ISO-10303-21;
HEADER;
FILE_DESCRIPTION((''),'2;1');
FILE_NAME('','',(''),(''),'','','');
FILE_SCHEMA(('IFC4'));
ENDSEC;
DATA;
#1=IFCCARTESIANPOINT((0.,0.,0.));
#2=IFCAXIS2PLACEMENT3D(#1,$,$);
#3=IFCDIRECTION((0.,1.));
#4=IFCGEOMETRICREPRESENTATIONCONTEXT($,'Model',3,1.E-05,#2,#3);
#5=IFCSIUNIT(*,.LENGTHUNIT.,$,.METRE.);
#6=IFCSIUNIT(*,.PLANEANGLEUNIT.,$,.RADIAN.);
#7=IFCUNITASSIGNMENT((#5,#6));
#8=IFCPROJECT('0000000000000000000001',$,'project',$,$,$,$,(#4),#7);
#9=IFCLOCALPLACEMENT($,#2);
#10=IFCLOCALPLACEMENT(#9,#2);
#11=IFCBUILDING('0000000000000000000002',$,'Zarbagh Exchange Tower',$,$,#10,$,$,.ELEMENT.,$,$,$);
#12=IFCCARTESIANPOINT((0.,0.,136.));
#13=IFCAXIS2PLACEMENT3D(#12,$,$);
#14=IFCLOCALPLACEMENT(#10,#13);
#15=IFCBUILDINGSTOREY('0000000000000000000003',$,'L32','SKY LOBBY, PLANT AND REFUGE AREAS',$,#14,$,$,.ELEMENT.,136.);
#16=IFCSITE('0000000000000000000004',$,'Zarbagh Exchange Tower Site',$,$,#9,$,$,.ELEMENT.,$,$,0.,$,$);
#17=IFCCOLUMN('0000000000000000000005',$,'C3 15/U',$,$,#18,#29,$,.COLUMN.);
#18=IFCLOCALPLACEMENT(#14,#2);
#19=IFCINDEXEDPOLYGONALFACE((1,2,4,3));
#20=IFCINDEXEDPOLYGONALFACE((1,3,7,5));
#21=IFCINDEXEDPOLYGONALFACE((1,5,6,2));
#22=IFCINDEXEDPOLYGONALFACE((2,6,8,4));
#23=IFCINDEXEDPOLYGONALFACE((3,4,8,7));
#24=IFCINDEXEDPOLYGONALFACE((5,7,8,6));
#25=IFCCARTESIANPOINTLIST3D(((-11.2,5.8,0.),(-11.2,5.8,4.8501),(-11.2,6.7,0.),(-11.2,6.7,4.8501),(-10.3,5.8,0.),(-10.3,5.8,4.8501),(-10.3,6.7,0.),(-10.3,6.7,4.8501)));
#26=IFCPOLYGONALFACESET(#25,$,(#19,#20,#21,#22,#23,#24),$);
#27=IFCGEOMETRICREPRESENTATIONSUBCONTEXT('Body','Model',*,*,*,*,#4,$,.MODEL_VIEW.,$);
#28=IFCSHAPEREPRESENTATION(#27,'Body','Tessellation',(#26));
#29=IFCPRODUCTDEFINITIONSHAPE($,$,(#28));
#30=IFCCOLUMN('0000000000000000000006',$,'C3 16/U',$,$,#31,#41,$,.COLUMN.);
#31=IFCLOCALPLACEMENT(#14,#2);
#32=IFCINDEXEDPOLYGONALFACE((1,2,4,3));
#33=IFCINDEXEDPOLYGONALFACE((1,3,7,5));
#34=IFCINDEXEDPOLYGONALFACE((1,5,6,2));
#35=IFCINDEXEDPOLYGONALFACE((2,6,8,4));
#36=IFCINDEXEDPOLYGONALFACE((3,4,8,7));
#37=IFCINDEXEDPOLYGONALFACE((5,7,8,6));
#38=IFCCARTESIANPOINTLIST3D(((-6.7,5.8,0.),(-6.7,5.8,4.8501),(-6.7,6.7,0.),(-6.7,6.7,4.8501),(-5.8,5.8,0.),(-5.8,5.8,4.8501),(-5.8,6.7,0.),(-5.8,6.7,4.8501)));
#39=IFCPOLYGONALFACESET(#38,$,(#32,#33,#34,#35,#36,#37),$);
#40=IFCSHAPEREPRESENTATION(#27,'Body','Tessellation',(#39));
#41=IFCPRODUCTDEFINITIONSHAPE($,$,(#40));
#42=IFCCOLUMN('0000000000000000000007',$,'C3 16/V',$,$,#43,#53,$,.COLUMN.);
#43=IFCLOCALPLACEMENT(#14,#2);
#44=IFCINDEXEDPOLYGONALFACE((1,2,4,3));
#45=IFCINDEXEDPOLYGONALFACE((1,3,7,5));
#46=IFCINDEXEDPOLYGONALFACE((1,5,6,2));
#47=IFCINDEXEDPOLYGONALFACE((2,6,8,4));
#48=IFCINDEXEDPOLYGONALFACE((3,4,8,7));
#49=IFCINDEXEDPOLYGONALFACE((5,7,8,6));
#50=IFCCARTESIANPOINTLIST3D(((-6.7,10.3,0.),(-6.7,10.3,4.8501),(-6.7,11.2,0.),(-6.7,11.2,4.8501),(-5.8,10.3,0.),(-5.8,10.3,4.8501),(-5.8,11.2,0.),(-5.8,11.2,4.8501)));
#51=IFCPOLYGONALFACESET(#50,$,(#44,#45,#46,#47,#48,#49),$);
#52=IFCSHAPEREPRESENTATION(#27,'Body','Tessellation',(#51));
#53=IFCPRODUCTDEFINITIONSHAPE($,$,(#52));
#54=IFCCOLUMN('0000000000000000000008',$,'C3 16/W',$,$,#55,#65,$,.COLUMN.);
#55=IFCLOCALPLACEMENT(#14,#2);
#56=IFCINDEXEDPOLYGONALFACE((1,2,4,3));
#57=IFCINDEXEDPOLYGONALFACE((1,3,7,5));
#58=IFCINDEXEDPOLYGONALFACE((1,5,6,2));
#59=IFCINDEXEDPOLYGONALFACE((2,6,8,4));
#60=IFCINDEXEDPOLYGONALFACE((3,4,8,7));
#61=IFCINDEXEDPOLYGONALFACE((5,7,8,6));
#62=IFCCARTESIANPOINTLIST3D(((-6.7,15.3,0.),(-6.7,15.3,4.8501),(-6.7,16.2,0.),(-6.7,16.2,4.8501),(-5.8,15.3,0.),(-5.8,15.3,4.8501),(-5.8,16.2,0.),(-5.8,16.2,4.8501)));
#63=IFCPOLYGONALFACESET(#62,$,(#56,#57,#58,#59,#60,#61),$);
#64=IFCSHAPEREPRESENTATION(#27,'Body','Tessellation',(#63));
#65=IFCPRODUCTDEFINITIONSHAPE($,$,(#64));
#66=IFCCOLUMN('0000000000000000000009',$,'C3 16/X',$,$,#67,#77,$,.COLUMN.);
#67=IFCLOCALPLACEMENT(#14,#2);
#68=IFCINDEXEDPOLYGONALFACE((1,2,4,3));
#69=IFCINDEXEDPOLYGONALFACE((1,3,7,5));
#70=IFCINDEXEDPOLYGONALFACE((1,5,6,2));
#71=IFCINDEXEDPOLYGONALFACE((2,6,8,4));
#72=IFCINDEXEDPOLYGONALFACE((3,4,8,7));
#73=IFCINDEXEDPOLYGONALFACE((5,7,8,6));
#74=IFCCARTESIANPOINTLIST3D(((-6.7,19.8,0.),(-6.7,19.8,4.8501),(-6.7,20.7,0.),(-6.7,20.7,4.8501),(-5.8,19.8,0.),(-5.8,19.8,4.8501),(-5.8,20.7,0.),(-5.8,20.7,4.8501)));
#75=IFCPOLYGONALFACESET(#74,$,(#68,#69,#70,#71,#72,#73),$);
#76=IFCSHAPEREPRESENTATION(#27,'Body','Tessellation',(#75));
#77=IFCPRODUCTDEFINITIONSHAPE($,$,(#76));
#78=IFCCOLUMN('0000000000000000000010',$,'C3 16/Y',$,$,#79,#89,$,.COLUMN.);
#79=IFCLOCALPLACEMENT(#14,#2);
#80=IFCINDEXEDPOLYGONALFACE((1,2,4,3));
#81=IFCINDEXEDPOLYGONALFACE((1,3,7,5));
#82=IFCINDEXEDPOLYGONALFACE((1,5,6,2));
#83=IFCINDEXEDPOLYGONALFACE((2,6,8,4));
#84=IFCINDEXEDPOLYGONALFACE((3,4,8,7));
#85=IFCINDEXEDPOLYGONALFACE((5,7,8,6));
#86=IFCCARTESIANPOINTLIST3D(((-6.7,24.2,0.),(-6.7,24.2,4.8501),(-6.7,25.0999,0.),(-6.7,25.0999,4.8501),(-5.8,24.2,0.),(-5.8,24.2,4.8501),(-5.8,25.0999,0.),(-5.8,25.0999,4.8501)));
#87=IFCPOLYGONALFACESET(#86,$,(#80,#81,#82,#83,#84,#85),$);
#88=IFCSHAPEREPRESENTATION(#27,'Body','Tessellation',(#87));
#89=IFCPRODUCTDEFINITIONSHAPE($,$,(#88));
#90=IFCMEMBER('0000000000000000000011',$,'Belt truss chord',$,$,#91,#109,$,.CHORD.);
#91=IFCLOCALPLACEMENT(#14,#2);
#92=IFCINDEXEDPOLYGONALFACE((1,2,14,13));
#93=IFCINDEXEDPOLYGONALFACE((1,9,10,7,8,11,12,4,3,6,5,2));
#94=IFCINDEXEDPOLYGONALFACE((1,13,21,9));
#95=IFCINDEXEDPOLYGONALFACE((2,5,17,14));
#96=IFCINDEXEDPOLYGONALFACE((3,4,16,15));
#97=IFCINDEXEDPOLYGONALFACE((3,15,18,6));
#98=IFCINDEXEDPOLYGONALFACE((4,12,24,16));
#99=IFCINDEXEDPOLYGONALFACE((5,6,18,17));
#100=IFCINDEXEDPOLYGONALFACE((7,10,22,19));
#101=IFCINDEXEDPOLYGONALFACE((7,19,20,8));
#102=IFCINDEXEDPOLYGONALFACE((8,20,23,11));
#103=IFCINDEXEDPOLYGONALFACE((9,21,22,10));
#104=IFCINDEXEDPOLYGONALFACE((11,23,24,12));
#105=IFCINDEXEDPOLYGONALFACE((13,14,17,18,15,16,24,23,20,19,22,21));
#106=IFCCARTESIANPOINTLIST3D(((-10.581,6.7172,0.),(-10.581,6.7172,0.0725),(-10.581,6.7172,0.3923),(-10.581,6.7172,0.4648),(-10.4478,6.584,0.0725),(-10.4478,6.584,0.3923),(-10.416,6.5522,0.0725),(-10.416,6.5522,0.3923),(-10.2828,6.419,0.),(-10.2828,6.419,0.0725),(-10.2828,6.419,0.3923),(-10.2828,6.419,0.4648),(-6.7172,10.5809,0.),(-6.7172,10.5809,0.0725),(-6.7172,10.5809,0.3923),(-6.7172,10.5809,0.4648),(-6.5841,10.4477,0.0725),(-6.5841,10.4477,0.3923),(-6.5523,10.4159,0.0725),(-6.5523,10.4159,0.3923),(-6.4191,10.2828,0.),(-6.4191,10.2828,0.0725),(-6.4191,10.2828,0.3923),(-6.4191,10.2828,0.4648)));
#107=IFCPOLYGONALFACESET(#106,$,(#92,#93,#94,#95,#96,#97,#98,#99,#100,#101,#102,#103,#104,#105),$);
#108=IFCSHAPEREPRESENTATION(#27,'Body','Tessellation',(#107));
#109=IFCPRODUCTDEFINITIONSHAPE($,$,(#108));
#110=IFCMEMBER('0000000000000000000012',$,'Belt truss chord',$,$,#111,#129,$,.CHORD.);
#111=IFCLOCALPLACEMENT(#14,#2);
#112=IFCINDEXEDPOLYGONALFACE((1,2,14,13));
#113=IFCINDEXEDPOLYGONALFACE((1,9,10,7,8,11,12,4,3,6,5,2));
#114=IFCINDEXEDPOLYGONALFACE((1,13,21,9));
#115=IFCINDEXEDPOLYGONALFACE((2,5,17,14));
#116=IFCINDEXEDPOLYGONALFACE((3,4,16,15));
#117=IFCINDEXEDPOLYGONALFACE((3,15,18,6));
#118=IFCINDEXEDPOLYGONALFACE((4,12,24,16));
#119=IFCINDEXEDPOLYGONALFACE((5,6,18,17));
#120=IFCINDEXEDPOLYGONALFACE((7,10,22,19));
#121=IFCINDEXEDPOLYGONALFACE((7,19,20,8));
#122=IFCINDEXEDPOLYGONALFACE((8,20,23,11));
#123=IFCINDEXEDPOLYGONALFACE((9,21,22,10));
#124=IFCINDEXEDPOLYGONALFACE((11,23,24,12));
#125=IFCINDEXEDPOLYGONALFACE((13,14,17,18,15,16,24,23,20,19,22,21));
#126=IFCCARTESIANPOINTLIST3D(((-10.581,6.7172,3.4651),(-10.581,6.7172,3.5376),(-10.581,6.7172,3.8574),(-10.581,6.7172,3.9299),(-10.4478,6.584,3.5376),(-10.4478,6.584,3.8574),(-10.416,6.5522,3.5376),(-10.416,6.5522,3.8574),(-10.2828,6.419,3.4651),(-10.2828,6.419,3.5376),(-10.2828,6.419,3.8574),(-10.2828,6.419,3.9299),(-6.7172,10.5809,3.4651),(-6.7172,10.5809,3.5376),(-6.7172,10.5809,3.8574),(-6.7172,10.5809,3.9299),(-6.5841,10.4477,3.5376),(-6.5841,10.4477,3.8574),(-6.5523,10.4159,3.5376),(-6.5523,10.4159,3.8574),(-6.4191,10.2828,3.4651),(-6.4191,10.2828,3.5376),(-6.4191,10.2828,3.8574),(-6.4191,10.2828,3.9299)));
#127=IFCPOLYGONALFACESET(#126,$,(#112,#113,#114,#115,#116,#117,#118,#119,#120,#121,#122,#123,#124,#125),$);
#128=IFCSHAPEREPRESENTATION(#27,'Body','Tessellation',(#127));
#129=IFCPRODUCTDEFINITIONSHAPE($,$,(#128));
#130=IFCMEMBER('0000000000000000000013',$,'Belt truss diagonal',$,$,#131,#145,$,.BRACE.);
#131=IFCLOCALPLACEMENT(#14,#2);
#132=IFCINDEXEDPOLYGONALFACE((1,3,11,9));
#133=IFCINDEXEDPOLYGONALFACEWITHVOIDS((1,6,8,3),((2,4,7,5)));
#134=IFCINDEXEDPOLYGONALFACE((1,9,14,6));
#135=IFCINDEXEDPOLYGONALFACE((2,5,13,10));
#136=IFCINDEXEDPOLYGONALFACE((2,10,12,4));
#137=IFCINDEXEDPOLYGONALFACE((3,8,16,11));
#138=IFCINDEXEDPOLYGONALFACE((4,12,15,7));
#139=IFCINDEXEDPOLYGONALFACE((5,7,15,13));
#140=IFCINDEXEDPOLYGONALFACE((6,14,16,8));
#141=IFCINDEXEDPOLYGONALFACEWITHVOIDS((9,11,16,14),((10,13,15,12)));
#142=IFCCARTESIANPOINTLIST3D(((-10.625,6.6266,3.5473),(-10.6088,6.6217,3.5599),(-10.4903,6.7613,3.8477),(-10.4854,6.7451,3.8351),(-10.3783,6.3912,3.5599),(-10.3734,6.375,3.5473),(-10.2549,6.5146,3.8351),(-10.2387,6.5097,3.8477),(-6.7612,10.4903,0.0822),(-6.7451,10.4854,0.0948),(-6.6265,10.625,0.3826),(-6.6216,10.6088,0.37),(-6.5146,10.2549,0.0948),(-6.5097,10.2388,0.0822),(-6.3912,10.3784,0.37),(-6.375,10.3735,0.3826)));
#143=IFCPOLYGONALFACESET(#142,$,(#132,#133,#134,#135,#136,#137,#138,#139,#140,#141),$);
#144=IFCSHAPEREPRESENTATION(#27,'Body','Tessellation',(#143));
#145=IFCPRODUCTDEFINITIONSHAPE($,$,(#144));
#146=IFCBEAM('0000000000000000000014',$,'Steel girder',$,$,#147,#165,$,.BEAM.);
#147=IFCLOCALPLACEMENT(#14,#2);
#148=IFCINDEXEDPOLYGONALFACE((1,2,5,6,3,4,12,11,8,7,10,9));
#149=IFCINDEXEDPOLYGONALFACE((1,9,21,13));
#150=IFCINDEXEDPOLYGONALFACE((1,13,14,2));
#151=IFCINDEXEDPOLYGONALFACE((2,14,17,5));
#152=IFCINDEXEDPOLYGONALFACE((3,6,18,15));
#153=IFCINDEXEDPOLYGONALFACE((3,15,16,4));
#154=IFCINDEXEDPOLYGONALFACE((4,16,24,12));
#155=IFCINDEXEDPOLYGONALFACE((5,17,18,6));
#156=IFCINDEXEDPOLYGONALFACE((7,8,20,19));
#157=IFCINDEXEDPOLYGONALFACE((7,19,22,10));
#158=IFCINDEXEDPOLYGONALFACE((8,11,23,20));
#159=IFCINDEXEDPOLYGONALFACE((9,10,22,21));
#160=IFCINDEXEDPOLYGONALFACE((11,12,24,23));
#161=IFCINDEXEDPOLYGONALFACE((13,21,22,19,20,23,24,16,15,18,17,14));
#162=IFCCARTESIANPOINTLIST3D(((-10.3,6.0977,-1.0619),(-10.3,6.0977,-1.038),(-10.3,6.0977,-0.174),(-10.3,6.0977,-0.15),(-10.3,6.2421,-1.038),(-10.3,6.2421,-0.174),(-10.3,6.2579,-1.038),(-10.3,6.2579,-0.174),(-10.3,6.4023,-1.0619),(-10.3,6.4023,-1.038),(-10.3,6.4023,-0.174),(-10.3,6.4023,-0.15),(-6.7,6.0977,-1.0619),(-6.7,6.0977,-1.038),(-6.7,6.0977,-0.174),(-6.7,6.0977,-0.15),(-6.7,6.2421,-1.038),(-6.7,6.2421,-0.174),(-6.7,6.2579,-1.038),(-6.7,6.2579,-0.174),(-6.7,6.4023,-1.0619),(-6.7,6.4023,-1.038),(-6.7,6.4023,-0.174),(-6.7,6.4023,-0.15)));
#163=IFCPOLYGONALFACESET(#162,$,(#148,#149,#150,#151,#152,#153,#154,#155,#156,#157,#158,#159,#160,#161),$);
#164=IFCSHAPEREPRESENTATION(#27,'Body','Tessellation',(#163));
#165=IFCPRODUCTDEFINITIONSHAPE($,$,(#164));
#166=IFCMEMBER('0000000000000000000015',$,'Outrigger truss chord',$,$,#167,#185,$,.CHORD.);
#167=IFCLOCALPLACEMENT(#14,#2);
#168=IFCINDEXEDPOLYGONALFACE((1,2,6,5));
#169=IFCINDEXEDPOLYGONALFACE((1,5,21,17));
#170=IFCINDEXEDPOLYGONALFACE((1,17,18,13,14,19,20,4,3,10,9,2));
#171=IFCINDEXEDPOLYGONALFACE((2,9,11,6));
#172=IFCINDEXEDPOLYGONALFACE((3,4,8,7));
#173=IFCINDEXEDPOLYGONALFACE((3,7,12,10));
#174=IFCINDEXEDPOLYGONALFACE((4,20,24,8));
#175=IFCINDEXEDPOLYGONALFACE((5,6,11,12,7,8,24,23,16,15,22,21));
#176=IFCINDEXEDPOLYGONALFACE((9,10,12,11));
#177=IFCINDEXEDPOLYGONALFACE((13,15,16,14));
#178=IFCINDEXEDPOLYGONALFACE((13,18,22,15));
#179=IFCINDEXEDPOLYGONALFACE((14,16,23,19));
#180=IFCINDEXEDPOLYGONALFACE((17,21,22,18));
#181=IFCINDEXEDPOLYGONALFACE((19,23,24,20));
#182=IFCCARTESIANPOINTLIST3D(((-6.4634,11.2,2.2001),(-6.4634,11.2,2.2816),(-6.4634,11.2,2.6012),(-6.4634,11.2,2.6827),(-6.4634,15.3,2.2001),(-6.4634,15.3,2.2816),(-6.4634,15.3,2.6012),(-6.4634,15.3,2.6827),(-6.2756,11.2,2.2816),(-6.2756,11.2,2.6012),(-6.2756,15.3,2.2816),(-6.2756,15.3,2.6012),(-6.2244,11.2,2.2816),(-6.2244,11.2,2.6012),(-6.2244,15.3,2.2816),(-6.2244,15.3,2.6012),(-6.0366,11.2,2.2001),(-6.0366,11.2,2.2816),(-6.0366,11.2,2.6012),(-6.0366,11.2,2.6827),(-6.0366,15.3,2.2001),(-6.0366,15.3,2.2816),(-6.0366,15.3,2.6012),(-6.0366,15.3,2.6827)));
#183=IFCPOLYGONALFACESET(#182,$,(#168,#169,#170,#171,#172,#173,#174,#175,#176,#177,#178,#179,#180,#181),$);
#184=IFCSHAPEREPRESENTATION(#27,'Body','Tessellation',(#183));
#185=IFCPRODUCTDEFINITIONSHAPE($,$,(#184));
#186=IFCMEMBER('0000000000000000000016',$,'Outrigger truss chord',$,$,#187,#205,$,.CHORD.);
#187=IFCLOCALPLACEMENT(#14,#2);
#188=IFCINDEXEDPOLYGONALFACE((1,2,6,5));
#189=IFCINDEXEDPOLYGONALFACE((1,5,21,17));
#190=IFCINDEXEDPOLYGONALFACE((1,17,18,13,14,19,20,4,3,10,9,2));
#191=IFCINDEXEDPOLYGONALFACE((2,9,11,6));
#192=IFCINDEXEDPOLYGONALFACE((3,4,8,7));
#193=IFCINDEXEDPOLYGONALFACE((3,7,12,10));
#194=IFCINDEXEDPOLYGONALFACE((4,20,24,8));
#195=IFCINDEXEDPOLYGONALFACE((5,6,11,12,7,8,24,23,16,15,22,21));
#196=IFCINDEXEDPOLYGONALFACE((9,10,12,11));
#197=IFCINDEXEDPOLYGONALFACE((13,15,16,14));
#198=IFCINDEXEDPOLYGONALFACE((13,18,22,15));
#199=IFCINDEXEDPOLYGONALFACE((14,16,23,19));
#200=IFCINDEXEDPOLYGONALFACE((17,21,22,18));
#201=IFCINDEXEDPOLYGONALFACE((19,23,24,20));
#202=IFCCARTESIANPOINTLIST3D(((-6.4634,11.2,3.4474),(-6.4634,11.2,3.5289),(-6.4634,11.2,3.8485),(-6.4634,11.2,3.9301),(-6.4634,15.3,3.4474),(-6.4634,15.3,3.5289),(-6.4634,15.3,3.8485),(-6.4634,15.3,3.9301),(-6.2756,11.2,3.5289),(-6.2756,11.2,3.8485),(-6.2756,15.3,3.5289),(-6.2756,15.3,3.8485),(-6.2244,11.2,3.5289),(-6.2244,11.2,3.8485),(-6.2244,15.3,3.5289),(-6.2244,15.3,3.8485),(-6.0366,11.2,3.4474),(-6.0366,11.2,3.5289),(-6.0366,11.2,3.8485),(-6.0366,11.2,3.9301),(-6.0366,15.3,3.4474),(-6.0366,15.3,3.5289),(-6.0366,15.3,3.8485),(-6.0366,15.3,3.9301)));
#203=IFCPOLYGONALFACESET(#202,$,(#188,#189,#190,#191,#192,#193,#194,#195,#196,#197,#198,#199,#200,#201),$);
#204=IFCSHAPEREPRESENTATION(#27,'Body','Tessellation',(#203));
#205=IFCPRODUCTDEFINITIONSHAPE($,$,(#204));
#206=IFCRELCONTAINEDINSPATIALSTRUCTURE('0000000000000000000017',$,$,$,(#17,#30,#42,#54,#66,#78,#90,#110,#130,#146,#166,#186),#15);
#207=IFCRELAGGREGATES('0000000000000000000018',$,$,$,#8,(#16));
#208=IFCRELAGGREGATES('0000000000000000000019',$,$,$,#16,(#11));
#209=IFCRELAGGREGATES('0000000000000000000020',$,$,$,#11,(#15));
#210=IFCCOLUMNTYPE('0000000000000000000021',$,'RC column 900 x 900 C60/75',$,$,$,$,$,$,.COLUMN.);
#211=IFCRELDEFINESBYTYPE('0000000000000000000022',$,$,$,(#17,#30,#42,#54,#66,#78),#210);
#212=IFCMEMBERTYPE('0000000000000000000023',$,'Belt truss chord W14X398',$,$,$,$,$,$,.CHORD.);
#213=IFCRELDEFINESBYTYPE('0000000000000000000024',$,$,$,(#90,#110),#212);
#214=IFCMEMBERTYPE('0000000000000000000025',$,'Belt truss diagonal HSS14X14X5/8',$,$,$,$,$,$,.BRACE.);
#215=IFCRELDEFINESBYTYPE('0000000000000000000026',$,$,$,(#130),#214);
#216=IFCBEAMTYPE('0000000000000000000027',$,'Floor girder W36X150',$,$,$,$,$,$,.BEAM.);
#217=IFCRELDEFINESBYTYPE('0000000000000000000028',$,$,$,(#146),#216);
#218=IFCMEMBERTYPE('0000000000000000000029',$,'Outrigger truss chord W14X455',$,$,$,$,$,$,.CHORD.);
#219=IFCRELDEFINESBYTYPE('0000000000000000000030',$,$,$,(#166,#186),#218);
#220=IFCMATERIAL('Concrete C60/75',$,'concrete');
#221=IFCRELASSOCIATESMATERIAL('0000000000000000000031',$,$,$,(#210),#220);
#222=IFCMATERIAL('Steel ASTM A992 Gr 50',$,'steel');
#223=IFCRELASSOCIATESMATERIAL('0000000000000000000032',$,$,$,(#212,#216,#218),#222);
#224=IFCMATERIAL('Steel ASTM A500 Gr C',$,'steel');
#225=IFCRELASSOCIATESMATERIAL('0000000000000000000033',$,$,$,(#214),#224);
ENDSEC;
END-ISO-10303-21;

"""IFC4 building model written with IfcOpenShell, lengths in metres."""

from ifc_helpers import new_model, si_unit, direction, frame, origin, origin_2d, place, context, subcontext, project, spatial, rectangle, hollow_rectangle, i_section, extrude, material, material_profile, profile_set, type_object, element, save


model = new_model("IFC4")

# Units and contexts
model_context = context("Model", 3, precision=1e-05, world=origin(), true_north=direction((0.0, 1.0)))
body_context = subcontext(model_context, "Body", "Model", "MODEL_VIEW")
ifc_project = project(units=[si_unit("LENGTHUNIT", "METRE"), si_unit("PLANEANGLEUNIT", "RADIAN")], contexts=[model_context])

# Site, building, storey
site_placement = place(None, origin())
site = spatial("IfcSite", under=ifc_project, at=site_placement, Name="Zarbagh Exchange Tower Site", CompositionType="ELEMENT", RefElevation=0.0)
building_placement = place(site_placement, origin())
building = spatial("IfcBuilding", under=site, at=building_placement, Name="Zarbagh Exchange Tower", CompositionType="ELEMENT")
storey_placement = place(building_placement, frame((0.0, 0.0, 136.0)))
storey = spatial("IfcBuildingStorey", under=building, at=storey_placement, Name="L32", Description="SKY LOBBY, PLANT AND REFUGE AREAS", CompositionType="ELEMENT", Elevation=136.0)

# Columns
ifc_material_1 = material(Name="Concrete C60/75", Category="concrete")
ifc_material_profile_1 = material_profile(ifc_material_1, rectangle(XDim=0.8999, YDim=0.8999, at=origin_2d()), Name="RC column 900 x 900 C60/75")
ifc_profile_set_1 = profile_set([ifc_material_profile_1], Name="Concrete C60/75")
column_type = type_object("IfcColumnType", Name="RC column 900 x 900 C60/75", PredefinedType="COLUMN", material=ifc_profile_set_1)
for number, where, z_axis, x_axis, name in (
    (1, (-10.75, 6.25, 0.0), (0.0, 0.0, 1.0), (1.0, 0.0, 0.0), "C3 15/U"),
    (2, (-6.25, 6.25, 0.0), (0.0, 0.0, 1.0), (1.0, 0.0, 0.0), "C3 16/U"),
    (3, (-6.25, 10.75, 0.0), (0.0, 0.0, 1.0), (1.0, 0.0, 0.0), "C3 16/V"),
    (4, (-6.25, 15.75, 0.0), (0.0, 0.0, 1.0), (1.0, 0.0, 0.0), "C3 16/W"),
    (5, (-6.25, 20.25, 0.0), (0.0, 0.0, 1.0), (1.0, 0.0, 0.0), "C3 16/X"),
    (6, (-6.25, 24.6499, 0.0), (0.0, 0.0, 1.0), (1.0, 0.0, 0.0), "C3 16/Y"),
):
    element("IfcColumn", number, at=place(storey_placement, frame(where, z_axis=z_axis, x_axis=x_axis)), inside=storey, type_object=column_type, Name=name, PredefinedType="COLUMN", context=body_context, shape_type="SweptSolid", body=[
        extrude(rectangle(XDim=0.8999, YDim=0.8999, at=origin_2d()), origin(), (0.0, 0.0, 1.0), 4.8501),
    ])

# Members
ifc_material_2 = material(Name="Steel ASTM A992 Gr 50", Category="steel")
ifc_material_profile_2 = material_profile(ifc_material_2, i_section(OverallWidth=0.4216, OverallDepth=0.4648, WebThickness=0.0449, FlangeThickness=0.0725, at=origin_2d()), Name="W14X398")
ifc_profile_set_2 = profile_set([ifc_material_profile_2], Name="Steel ASTM A992 Gr 50")
member_type_1 = type_object("IfcMemberType", Name="Belt truss chord W14X398", PredefinedType="CHORD", material=ifc_profile_set_2)
for number, where, z_axis, x_axis, name in (
    (7, (-10.4319, 6.5681, 0.2324), (0.707107, 0.707107, 0.0), (-0.707107, 0.707107, 0.0), "Belt truss chord"),
    (8, (-10.4319, 6.5681, 3.6975), (0.707107, 0.707107, 0.0), (-0.707107, 0.707107, 0.0), "Belt truss chord"),
):
    element("IfcMember", number, at=place(storey_placement, frame(where, z_axis=z_axis, x_axis=x_axis)), inside=storey, type_object=member_type_1, Name=name, PredefinedType="CHORD", context=body_context, shape_type="SweptSolid", body=[
        extrude(i_section(OverallWidth=0.4216, OverallDepth=0.4648, WebThickness=0.0449, FlangeThickness=0.0725, at=origin_2d()), origin(), (0.0, 0.0, 1.0), 5.4641),
    ])
ifc_material_3 = material(Name="Steel ASTM A500 Gr C", Category="steel")
ifc_material_profile_3 = material_profile(ifc_material_3, hollow_rectangle(XDim=0.3557, YDim=0.3557, WallThickness=0.0149, at=origin_2d()), Name="HSS14X14X5/8")
ifc_profile_set_3 = profile_set([ifc_material_profile_3], Name="Steel ASTM A500 Gr C")
member_type_2 = type_object("IfcMemberType", Name="Belt truss diagonal HSS14X14X5/8", PredefinedType="BRACE", material=ifc_profile_set_3)
member_1_placement = place(storey_placement, frame((-6.5681, 10.4319, 0.2324), z_axis=(-0.597158, -0.597158, 0.535541), x_axis=(0.707107, -0.707107, 0.0)))
element("IfcMember", 9, at=member_1_placement, inside=storey, type_object=member_type_2, Name="Belt truss diagonal", PredefinedType="BRACE", context=body_context, shape_type="SweptSolid", body=[
    extrude(hollow_rectangle(XDim=0.3557, YDim=0.3557, WallThickness=0.0149, at=origin_2d()), origin(), (0.0, 0.0, 1.0), 6.4702),
])

# Beam
ifc_material_profile_4 = material_profile(ifc_material_2, i_section(OverallWidth=0.3047, OverallDepth=0.9119, WebThickness=0.0159, FlangeThickness=0.0239, at=origin_2d()), Name="W36X150")
ifc_profile_set_4 = profile_set([ifc_material_profile_4], Name="Steel ASTM A992 Gr 50")
beam_type_1 = type_object("IfcBeamType", Name="Floor girder W36X150", PredefinedType="BEAM", material=ifc_profile_set_4)
beam_1_placement = place(storey_placement, frame((-10.3, 6.25, -0.606), z_axis=(1.0, 0.0, 0.0), x_axis=(0.0, 1.0, 0.0)))
element("IfcBeam", 10, at=beam_1_placement, inside=storey, type_object=beam_type_1, Name="Steel girder", PredefinedType="BEAM", context=body_context, shape_type="SweptSolid", body=[
    extrude(i_section(OverallWidth=0.3047, OverallDepth=0.9119, WebThickness=0.0159, FlangeThickness=0.0239, at=origin_2d()), origin(), (0.0, 0.0, 1.0), 3.6001),
])

# Members
ifc_material_profile_5 = material_profile(ifc_material_2, i_section(OverallWidth=0.4268, OverallDepth=0.4827, WebThickness=0.0513, FlangeThickness=0.0815, at=origin_2d()), Name="W14X455")
ifc_profile_set_5 = profile_set([ifc_material_profile_5], Name="Steel ASTM A992 Gr 50")
member_type_3 = type_object("IfcMemberType", Name="Outrigger truss chord W14X455", PredefinedType="CHORD", material=ifc_profile_set_5)
for number, where, z_axis, x_axis, name in (
    (11, (-6.25, 11.2, 2.4414), (0.0, 1.0, 0.0), (-1.0, 0.0, 0.0), "Outrigger truss chord"),
    (12, (-6.25, 11.2, 3.6887), (0.0, 1.0, 0.0), (-1.0, 0.0, 0.0), "Outrigger truss chord"),
):
    element("IfcMember", number, at=place(storey_placement, frame(where, z_axis=z_axis, x_axis=x_axis)), inside=storey, type_object=member_type_3, Name=name, PredefinedType="CHORD", context=body_context, shape_type="SweptSolid", body=[
        extrude(i_section(OverallWidth=0.4268, OverallDepth=0.4827, WebThickness=0.0513, FlangeThickness=0.0815, at=origin_2d()), origin(), (0.0, 0.0, 1.0), 4.1001),
    ])

save(model, "model.ifc")
